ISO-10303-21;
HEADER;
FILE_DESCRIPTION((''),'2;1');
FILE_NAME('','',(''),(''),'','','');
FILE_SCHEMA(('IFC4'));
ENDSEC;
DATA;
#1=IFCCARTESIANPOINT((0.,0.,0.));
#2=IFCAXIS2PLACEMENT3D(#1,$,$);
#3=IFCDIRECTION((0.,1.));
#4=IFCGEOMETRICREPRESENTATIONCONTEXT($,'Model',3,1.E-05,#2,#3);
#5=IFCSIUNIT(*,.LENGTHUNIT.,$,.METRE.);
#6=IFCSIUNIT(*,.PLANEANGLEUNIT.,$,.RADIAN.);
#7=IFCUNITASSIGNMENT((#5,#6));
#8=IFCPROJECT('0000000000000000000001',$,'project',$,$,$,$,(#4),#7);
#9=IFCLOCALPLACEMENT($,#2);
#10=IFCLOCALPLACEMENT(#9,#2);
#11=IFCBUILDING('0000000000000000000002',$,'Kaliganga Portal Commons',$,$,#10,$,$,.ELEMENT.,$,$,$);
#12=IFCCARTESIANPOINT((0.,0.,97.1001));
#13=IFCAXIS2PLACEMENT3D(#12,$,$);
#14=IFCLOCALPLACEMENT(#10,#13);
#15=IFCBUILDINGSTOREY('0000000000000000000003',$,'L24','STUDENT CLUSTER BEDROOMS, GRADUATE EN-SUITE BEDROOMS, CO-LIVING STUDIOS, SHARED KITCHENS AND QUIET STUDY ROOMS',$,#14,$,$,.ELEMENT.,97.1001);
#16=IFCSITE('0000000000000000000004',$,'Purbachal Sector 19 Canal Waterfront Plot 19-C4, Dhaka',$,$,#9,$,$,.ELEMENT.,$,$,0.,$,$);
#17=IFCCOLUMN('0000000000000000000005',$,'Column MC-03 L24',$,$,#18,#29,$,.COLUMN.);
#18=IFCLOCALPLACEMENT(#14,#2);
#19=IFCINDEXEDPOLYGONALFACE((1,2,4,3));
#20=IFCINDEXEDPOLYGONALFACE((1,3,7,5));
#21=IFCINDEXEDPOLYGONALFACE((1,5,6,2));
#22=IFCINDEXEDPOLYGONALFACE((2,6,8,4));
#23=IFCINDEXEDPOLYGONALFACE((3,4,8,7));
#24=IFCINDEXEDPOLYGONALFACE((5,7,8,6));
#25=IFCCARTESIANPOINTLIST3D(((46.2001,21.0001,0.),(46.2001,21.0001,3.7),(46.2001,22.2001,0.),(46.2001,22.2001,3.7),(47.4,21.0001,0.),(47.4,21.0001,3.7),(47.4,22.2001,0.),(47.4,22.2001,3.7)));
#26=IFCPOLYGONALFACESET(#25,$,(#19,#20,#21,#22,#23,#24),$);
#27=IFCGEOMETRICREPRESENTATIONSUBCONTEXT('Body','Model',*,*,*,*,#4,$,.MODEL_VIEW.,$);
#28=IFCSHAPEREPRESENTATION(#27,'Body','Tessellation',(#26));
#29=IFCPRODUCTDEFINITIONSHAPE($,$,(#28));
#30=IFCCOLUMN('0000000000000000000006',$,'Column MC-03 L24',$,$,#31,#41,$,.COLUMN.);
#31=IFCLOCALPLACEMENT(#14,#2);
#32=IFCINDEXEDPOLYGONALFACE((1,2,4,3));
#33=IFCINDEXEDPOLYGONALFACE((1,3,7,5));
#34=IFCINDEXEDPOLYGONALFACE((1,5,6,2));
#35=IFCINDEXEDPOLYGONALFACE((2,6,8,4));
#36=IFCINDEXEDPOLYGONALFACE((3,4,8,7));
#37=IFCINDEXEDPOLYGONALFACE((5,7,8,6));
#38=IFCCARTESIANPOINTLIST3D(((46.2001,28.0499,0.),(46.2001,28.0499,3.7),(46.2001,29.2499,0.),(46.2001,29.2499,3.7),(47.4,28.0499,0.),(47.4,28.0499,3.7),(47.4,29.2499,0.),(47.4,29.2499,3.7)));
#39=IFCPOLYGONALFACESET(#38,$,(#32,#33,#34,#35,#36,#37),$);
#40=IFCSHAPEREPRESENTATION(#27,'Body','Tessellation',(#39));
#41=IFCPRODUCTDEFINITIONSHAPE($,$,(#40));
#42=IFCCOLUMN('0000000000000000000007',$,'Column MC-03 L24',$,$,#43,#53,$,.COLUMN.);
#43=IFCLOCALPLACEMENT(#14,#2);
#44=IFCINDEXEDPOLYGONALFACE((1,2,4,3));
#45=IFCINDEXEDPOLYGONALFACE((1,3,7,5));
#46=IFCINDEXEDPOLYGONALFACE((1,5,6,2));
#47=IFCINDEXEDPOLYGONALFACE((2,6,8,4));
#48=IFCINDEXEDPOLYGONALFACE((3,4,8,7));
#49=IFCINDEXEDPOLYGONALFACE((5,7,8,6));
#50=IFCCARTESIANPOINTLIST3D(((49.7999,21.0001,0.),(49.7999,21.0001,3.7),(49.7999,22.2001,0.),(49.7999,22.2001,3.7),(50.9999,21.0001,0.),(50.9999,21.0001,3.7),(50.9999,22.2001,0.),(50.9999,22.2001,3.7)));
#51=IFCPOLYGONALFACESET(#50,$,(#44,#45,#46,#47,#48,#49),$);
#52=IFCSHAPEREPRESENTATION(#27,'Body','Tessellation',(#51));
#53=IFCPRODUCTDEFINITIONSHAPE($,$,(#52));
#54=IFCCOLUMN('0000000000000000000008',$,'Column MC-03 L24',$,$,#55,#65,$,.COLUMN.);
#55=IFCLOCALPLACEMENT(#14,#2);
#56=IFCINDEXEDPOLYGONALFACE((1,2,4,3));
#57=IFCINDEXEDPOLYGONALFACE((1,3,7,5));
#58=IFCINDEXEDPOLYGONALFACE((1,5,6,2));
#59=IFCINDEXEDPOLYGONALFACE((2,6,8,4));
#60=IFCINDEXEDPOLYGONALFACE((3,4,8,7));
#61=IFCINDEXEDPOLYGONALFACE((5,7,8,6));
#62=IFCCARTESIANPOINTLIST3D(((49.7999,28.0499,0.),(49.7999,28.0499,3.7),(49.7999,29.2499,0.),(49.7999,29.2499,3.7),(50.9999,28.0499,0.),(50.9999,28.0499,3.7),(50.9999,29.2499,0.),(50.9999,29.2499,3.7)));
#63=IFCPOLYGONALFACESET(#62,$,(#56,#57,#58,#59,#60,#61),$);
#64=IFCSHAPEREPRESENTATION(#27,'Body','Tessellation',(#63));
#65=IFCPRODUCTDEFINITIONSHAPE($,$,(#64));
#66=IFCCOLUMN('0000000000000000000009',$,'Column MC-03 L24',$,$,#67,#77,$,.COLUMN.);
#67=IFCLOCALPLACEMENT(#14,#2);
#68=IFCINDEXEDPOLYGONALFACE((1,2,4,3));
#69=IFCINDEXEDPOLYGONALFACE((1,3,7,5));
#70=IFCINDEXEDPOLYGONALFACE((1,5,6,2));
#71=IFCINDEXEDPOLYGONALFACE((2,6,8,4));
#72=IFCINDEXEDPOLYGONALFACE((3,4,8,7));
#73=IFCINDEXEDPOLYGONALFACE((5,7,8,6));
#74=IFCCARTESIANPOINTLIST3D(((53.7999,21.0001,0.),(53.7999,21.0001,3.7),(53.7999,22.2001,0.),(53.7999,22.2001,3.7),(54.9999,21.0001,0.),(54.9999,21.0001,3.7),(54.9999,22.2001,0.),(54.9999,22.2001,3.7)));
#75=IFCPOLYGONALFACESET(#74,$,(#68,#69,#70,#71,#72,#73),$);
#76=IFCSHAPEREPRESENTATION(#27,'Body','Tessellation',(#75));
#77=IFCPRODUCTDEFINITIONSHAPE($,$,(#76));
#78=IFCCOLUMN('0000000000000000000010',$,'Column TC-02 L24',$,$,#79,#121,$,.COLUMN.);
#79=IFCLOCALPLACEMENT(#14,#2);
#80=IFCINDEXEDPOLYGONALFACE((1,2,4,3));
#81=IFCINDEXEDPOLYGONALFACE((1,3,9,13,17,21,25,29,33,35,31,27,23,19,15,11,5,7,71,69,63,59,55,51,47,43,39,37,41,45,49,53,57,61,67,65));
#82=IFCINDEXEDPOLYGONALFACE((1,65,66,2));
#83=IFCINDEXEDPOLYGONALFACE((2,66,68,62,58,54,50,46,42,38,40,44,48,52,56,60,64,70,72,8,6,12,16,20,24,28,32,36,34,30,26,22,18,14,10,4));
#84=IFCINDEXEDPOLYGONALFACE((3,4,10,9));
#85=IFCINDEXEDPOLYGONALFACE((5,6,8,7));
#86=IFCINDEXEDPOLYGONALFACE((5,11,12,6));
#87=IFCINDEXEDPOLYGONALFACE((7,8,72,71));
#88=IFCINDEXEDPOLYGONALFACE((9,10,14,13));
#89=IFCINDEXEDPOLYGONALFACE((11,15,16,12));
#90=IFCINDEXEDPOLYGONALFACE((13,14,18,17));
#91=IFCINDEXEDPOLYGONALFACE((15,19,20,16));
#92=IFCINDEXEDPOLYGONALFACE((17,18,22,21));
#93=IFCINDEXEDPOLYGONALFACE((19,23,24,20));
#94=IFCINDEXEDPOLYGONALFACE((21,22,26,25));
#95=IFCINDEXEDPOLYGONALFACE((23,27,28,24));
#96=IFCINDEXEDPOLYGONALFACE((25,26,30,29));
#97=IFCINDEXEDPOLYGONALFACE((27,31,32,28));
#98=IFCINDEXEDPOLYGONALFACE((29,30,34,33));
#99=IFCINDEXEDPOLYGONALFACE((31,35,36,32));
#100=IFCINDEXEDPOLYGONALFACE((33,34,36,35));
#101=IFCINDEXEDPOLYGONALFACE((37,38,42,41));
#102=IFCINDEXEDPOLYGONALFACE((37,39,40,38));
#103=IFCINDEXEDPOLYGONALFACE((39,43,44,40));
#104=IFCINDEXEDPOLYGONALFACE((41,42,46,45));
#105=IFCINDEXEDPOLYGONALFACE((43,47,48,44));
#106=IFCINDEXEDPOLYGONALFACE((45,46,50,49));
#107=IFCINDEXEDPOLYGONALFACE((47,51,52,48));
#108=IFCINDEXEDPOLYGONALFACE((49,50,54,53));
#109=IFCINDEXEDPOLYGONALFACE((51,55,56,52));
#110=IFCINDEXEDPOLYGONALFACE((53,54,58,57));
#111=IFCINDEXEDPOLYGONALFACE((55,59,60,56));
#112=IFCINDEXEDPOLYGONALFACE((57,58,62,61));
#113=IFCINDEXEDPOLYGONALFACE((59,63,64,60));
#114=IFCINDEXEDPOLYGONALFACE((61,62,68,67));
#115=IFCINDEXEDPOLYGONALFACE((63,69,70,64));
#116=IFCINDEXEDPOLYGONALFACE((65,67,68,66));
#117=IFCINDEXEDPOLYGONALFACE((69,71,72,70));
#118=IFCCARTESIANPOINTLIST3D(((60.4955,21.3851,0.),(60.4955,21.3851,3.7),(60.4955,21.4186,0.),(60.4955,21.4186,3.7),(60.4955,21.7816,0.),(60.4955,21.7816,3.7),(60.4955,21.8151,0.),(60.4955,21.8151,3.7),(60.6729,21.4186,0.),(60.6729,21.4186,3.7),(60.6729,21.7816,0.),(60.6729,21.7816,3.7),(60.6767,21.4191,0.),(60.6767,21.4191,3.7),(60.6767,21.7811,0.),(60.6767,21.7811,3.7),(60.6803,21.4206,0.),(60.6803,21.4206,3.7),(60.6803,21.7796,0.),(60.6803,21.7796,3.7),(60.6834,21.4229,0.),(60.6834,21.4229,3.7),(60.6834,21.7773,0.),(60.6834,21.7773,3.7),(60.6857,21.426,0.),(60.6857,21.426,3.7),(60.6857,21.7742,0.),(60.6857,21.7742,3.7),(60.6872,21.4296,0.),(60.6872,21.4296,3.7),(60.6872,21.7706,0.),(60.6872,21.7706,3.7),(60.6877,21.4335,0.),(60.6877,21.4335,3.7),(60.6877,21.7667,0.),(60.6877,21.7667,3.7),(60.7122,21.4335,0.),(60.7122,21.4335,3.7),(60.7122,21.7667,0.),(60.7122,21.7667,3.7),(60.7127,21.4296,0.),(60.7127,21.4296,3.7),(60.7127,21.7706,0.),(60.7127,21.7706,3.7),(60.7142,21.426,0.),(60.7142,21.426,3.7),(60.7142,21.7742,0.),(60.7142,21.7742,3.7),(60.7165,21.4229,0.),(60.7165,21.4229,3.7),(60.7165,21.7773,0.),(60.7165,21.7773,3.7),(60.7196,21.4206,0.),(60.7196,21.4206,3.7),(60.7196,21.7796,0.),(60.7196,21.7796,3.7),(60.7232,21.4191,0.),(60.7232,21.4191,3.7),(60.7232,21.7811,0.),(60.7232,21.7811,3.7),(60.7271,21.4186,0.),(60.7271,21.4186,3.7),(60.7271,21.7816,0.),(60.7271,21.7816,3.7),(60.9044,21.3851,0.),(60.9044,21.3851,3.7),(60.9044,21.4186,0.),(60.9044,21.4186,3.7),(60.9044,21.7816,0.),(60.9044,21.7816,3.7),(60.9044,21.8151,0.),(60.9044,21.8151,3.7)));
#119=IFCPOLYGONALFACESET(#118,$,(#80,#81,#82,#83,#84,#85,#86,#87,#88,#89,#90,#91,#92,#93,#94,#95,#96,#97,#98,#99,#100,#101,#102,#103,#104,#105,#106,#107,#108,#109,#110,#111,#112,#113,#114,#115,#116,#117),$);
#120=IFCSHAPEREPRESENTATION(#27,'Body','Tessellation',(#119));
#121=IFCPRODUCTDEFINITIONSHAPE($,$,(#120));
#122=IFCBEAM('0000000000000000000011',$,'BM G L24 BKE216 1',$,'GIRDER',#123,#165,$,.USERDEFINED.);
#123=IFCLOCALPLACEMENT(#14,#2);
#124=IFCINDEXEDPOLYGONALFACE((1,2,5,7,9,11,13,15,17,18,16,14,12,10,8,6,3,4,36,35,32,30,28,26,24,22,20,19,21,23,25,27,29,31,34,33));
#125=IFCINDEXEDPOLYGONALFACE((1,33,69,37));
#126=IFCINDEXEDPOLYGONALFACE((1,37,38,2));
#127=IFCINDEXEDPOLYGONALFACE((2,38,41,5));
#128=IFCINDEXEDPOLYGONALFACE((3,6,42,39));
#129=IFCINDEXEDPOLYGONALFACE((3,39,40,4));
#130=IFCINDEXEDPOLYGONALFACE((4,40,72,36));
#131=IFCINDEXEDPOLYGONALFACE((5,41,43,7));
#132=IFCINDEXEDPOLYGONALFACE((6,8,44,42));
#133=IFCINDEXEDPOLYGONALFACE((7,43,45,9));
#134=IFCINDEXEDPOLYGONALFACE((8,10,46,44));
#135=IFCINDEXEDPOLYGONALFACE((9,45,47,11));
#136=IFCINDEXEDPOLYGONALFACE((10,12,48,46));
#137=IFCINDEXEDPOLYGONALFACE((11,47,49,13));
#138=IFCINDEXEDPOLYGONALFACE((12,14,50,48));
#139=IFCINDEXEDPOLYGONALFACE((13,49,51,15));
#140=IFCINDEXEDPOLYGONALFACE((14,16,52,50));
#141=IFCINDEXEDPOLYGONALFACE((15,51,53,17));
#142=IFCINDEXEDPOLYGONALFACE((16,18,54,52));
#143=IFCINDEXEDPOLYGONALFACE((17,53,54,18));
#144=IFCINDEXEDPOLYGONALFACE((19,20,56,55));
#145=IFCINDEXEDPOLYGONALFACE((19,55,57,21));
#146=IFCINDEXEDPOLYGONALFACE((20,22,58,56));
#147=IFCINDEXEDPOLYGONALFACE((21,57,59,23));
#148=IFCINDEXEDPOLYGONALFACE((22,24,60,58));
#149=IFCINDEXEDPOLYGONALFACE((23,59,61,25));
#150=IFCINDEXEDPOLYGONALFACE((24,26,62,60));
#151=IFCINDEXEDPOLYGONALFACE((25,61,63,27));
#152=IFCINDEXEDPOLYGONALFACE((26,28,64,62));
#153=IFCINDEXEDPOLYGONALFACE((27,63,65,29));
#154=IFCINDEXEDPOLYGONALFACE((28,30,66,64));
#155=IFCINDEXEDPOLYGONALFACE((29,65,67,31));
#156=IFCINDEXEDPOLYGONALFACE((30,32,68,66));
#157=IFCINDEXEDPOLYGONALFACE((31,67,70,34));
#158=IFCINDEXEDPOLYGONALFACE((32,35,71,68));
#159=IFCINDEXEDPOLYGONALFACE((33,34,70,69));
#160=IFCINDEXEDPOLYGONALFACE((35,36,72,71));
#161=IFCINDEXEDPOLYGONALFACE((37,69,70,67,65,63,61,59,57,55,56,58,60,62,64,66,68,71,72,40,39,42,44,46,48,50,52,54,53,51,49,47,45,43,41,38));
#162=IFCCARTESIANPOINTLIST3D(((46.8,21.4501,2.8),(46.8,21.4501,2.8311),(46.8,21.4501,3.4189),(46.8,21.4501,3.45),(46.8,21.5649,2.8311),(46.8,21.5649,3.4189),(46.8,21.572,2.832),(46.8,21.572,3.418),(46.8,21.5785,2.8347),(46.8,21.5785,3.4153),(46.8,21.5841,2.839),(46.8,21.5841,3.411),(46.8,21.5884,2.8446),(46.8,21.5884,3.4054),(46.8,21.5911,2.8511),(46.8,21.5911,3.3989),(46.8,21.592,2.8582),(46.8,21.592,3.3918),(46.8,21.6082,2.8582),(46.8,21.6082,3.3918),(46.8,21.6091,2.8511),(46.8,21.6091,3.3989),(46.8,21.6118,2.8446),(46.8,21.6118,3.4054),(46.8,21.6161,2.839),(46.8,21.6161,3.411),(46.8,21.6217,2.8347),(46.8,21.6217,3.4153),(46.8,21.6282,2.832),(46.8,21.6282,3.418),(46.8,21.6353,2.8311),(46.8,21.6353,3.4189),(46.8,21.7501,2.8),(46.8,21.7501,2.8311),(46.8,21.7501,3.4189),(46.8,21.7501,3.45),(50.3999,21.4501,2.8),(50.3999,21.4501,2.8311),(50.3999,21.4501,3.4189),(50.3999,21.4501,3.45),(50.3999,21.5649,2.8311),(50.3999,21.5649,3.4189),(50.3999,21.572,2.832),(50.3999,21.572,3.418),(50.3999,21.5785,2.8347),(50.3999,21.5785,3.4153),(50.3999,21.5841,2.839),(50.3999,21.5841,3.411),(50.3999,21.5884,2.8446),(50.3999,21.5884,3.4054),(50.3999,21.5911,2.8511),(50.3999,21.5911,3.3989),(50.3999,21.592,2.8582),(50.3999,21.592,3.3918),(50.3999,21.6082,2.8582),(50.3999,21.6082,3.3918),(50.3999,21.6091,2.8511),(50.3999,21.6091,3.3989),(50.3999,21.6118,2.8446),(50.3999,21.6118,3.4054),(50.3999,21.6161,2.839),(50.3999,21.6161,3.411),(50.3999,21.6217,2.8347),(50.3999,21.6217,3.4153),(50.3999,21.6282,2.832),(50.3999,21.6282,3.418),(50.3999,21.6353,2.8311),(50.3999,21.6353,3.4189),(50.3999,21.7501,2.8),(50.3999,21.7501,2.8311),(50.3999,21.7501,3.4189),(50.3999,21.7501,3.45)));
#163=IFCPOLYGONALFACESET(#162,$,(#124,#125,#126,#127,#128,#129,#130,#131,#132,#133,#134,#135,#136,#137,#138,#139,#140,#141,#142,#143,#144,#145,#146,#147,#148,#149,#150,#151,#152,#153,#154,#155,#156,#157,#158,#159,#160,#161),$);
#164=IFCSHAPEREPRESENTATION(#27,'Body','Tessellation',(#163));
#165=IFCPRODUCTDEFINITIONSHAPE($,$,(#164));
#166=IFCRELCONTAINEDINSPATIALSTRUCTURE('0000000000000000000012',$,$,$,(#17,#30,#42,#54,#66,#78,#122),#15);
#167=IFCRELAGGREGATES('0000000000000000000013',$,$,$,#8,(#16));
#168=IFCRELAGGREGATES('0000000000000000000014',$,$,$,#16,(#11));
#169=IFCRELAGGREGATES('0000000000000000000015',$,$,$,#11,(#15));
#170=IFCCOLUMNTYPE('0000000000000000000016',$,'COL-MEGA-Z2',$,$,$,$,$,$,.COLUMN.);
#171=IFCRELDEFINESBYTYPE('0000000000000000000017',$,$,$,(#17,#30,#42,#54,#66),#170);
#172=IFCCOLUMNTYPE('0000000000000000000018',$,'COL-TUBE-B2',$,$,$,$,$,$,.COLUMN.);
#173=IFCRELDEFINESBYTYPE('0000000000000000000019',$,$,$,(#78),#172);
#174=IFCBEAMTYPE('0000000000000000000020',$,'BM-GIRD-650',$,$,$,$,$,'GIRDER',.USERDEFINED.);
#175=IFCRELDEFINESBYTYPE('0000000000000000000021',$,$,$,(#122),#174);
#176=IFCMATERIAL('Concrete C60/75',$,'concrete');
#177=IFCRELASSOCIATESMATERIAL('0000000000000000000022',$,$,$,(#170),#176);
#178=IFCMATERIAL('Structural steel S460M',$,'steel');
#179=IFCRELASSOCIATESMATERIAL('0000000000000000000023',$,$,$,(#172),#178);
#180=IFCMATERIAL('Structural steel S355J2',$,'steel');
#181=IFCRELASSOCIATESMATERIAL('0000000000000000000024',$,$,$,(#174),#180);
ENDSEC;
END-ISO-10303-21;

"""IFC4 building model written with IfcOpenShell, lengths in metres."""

from ifc_helpers import new_model, si_unit, direction, frame, origin, origin_2d, place, context, subcontext, project, spatial, rectangle, i_section, extrude, source, transform, mapped, material, material_profile, profile_set, type_object, element, save


model = new_model("IFC4")

# Units and contexts
model_context = context("Model", 3, precision=1e-05, world=origin(), true_north=direction((0.0, 1.0)))
body_context = subcontext(model_context, "Body", "Model", "MODEL_VIEW")
ifc_project = project(units=[si_unit("LENGTHUNIT", "METRE"), si_unit("PLANEANGLEUNIT", "RADIAN")], contexts=[model_context])

# Site, building, storey
site_placement = place(None, origin())
site = spatial("IfcSite", under=ifc_project, at=site_placement, Name="Purbachal Sector 19 Canal Waterfront Plot 19-C4, Dhaka", CompositionType="ELEMENT", RefElevation=0.0)
building_placement = place(site_placement, origin())
building = spatial("IfcBuilding", under=site, at=building_placement, Name="Kaliganga Portal Commons", CompositionType="ELEMENT")
storey_placement = place(building_placement, frame((0.0, 0.0, 97.1001)))
storey = spatial("IfcBuildingStorey", under=building, at=storey_placement, Name="L24", Description="STUDENT CLUSTER BEDROOMS, GRADUATE EN-SUITE BEDROOMS, CO-LIVING STUDIOS, SHARED KITCHENS AND QUIET STUDY ROOMS", CompositionType="ELEMENT", Elevation=97.1001)

# Columns
ifc_material_1 = material(Name="Concrete C60/75", Category="concrete")
ifc_material_profile_1 = material_profile(ifc_material_1, rectangle(XDim=1.2, YDim=1.2, at=origin_2d()), Name="RC 1200x1200")
ifc_profile_set_1 = profile_set([ifc_material_profile_1], Name="Concrete C60/75")
column_type_1 = type_object("IfcColumnType", Name="COL-MEGA-Z2", PredefinedType="COLUMN", material=ifc_profile_set_1)
shared_shape_1 = source(origin(), body_context, "Body", "SweptSolid", [
    extrude(rectangle(XDim=1.2, YDim=1.2, at=origin_2d()), origin(), (0.0, 0.0, 1.0), 3.7),
])
for number, where, z_axis, x_axis, name in (
    (1, (46.8, 21.6001, 0.0), (0.0, 0.0, 1.0), (1.0, 0.0, 0.0), "Column MC-03 L24"),
    (2, (46.8, 28.6499, 0.0), (0.0, 0.0, 1.0), (1.0, 0.0, 0.0), "Column MC-03 L24"),
    (3, (50.3999, 21.6001, 0.0), (0.0, 0.0, 1.0), (1.0, 0.0, 0.0), "Column MC-03 L24"),
    (4, (50.3999, 28.6499, 0.0), (0.0, 0.0, 1.0), (1.0, 0.0, 0.0), "Column MC-03 L24"),
    (5, (54.3999, 21.6001, 0.0), (0.0, 0.0, 1.0), (1.0, 0.0, 0.0), "Column MC-03 L24"),
):
    element("IfcColumn", number, at=place(storey_placement, frame(where, z_axis=z_axis, x_axis=x_axis)), inside=storey, type_object=column_type_1, Name=name, PredefinedType="COLUMN", context=body_context, shape_type="MappedRepresentation", body=[
        mapped(shared_shape_1, transform((0.0, 0.0, 0.0), x_axis=(1.0, 0.0, 0.0), y_axis=(0.0, 1.0, 0.0), z_axis=(0.0, 0.0, 1.0), scale=1.0)),
    ])
ifc_material_2 = material(Name="Structural steel S460M", Category="steel")
ifc_material_profile_2 = material_profile(ifc_material_2, i_section(OverallWidth=0.4089, OverallDepth=0.4299, WebThickness=0.0244, FlangeThickness=0.0334, FilletRadius=0.0149, at=origin_2d()), Name="HD 400x421")
ifc_profile_set_2 = profile_set([ifc_material_profile_2], Name="Structural steel S460M wide-flange")
column_type_2 = type_object("IfcColumnType", Name="COL-TUBE-B2", PredefinedType="COLUMN", material=ifc_profile_set_2)
shared_shape_2 = source(origin(), body_context, "Body", "SweptSolid", [
    extrude(i_section(OverallWidth=0.4089, OverallDepth=0.4299, WebThickness=0.0244, FlangeThickness=0.0334, FilletRadius=0.0149, at=origin_2d()), origin(), (0.0, 0.0, 1.0), 3.7),
])
column_placement = place(storey_placement, frame((60.7, 21.6001, 0.0), z_axis=(0.0, 0.0, 1.0), x_axis=(1.0, 0.0, 0.0)))
element("IfcColumn", 6, at=column_placement, inside=storey, type_object=column_type_2, Name="Column TC-02 L24", PredefinedType="COLUMN", context=body_context, shape_type="MappedRepresentation", body=[
    mapped(shared_shape_2, transform((0.0, 0.0, 0.0), x_axis=(1.0, 0.0, 0.0), y_axis=(0.0, 1.0, 0.0), z_axis=(0.0, 0.0, 1.0), scale=1.0)),
])

# Beam
ifc_material_3 = material(Name="Structural steel S355J2", Category="steel")
ifc_material_profile_3 = material_profile(ifc_material_3, i_section(OverallWidth=0.3, OverallDepth=0.6499, WebThickness=0.0161, FlangeThickness=0.031, FilletRadius=0.0271, at=origin_2d()), Name="HE 650 B")
ifc_profile_set_3 = profile_set([ifc_material_profile_3], Name="Structural steel S355J2 wide-flange")
beam_type_1 = type_object("IfcBeamType", Name="BM-GIRD-650", ElementType="GIRDER", PredefinedType="USERDEFINED", material=ifc_profile_set_3)
shared_shape_3 = source(origin(), body_context, "Body", "SweptSolid", [
    extrude(i_section(OverallWidth=0.3, OverallDepth=0.6499, WebThickness=0.0161, FlangeThickness=0.031, FilletRadius=0.0271, at=origin_2d()), origin(), (0.0, 0.0, 1.0), 3.5999),
])
for number, where, z_axis, x_axis, name in (
    (7, (46.8, 21.6001, 3.125), (1.0, 0.0, 0.0), (0.0, 1.0, 0.0), "BM G L24 BKE216 1"),
):
    element("IfcBeam", number, at=place(storey_placement, frame(where, z_axis=z_axis, x_axis=x_axis)), inside=storey, type_object=beam_type_1, Name=name, ObjectType="GIRDER", PredefinedType="USERDEFINED", context=body_context, shape_type="MappedRepresentation", body=[
        mapped(shared_shape_3, transform((0.0, 0.0, 0.0), x_axis=(1.0, 0.0, 0.0), y_axis=(0.0, 1.0, 0.0), z_axis=(0.0, 0.0, 1.0), scale=1.0)),
    ])

save(model, "model.ifc")
